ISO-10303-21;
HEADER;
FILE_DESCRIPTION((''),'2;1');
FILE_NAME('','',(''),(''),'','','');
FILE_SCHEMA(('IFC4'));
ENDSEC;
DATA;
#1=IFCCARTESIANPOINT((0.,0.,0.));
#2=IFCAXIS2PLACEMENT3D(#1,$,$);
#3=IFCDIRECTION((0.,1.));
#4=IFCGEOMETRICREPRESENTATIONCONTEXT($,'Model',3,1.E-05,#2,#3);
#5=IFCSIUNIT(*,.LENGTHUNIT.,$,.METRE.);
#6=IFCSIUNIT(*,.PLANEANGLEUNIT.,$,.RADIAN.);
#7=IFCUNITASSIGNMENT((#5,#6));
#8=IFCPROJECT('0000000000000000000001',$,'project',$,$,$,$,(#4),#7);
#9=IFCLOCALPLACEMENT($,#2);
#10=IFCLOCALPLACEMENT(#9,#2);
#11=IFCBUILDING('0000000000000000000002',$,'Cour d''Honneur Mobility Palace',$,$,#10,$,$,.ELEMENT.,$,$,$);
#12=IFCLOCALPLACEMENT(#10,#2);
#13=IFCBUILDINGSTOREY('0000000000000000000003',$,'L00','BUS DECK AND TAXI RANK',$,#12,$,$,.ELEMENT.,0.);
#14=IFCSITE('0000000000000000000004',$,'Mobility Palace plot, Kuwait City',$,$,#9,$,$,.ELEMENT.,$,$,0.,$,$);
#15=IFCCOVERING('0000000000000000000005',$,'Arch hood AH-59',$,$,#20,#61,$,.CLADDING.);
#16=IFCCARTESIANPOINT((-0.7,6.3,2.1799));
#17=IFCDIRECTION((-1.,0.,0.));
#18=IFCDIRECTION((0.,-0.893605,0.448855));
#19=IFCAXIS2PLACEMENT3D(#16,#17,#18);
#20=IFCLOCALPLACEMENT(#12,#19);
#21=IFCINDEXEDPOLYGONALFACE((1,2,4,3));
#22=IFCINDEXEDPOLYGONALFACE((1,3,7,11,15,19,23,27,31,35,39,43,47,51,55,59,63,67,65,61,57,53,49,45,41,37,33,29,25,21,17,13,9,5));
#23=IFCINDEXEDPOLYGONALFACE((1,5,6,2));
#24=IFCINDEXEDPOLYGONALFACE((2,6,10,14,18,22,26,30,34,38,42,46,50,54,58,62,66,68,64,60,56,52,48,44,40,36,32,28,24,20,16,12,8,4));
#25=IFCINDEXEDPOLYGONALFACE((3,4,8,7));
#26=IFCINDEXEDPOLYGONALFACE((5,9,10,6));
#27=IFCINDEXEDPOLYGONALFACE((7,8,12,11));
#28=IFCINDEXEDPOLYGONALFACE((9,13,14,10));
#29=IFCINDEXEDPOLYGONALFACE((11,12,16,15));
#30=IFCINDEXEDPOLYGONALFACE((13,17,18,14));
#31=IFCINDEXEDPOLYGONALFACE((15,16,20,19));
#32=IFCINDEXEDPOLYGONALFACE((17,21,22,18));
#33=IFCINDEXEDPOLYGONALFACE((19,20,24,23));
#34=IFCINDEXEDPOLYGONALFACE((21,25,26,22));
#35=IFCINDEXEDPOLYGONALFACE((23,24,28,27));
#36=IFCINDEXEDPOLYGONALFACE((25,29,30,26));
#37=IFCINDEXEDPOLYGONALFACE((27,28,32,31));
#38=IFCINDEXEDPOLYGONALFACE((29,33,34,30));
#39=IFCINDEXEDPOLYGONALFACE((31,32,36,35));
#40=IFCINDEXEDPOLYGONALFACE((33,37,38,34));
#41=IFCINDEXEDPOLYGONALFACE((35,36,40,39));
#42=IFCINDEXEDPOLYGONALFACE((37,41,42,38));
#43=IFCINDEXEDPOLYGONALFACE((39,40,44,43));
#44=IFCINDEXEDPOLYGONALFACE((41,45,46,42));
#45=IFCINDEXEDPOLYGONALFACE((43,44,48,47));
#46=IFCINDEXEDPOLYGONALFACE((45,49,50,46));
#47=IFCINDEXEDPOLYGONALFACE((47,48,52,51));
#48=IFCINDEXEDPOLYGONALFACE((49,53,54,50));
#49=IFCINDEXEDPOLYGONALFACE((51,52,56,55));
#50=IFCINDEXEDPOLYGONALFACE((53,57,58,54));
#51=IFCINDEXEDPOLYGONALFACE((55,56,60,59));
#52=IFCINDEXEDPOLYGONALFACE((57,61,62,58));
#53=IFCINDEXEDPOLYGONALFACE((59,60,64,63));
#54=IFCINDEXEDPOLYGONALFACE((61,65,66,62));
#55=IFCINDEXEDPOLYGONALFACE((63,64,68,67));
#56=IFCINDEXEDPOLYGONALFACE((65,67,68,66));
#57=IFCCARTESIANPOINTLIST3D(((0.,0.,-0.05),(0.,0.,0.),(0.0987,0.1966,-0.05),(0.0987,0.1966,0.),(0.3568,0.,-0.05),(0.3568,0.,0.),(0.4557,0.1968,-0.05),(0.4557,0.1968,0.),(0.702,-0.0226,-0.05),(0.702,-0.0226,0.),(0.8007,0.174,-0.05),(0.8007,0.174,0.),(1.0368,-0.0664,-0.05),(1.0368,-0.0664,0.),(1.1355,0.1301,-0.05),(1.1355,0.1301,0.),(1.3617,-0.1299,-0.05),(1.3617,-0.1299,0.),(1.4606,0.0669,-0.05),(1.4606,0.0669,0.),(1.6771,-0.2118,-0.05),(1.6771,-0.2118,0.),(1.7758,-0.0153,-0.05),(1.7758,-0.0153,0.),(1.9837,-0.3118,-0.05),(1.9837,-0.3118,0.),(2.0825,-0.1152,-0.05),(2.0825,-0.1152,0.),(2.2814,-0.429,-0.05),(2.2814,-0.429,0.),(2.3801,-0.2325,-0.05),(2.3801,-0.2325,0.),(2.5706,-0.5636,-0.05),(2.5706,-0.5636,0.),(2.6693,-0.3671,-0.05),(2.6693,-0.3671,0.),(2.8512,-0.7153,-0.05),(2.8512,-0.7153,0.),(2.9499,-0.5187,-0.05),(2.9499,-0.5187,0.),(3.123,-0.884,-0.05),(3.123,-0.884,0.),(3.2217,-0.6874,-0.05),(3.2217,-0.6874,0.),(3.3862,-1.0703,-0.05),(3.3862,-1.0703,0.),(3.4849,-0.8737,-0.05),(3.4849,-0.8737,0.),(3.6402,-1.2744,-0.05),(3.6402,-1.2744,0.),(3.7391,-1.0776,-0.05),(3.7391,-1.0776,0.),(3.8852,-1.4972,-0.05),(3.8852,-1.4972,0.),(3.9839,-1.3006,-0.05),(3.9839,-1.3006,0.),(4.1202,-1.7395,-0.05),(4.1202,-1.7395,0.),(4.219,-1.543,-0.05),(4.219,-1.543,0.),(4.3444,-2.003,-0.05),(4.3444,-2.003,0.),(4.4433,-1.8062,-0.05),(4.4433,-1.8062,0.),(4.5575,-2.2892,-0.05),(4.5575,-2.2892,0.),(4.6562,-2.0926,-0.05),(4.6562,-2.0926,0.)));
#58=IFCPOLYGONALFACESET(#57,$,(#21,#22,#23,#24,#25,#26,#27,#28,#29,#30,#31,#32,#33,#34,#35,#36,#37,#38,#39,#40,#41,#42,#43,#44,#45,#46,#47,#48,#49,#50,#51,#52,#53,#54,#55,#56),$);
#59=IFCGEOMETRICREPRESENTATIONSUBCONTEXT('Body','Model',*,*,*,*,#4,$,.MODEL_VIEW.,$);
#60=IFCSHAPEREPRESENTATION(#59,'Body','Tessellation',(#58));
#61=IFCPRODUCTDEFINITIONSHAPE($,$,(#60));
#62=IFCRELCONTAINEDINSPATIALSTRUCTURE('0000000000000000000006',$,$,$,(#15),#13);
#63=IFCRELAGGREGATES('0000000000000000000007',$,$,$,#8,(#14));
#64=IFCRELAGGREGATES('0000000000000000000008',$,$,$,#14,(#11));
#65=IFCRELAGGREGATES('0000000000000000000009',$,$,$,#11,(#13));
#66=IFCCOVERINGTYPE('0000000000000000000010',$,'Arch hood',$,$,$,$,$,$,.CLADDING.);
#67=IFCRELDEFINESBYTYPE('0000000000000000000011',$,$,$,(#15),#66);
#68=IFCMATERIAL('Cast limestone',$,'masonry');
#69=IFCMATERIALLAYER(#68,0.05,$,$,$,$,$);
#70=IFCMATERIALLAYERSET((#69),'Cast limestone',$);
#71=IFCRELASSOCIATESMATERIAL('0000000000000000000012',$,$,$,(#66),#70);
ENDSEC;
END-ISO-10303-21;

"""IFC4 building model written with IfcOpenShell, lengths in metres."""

from ifc_helpers import new_model, si_unit, direction, frame, origin, place, context, subcontext, project, spatial, polyline, outline, extrude, material, layer, layer_set, type_object, element, save


model = new_model("IFC4")

# Units and contexts
model_context = context("Model", 3, precision=1e-05, world=origin(), true_north=direction((0.0, 1.0)))
body_context = subcontext(model_context, "Body", "Model", "MODEL_VIEW")
ifc_project = project(units=[si_unit("LENGTHUNIT", "METRE"), si_unit("PLANEANGLEUNIT", "RADIAN")], contexts=[model_context])

# Site, building, storey
site_placement = place(None, origin())
site = spatial("IfcSite", under=ifc_project, at=site_placement, Name="Mobility Palace plot, Kuwait City", CompositionType="ELEMENT", RefElevation=0.0)
building_placement = place(site_placement, origin())
building = spatial("IfcBuilding", under=site, at=building_placement, Name="Cour d'Honneur Mobility Palace", CompositionType="ELEMENT")
storey_placement = place(building_placement, origin())
storey = spatial("IfcBuildingStorey", under=building, at=storey_placement, Name="L00", Description="BUS DECK AND TAXI RANK", CompositionType="ELEMENT", Elevation=0.0)

# Covering
ifc_material_1 = material(Name="Cast limestone", Category="masonry")
ifc_layer_1 = layer(ifc_material_1, 0.05)
ifc_layer_set_1 = layer_set([ifc_layer_1], Name="Cast limestone")
covering_type_1 = type_object("IfcCoveringType", Name="Arch hood", PredefinedType="CLADDING", material=ifc_layer_set_1)
covering_1_placement = place(storey_placement, frame((-0.7, 6.3, 2.1799), z_axis=(-1.0, 0.0, 0.0), x_axis=(0.0, -0.893605, 0.448855)))
element("IfcCovering", 1, at=covering_1_placement, inside=storey, type_object=covering_type_1, Name="Arch hood AH-59", PredefinedType="CLADDING", context=body_context, shape_type="SweptSolid", body=[
    extrude(outline(polyline([(0.0, 0.0), (0.3568, 0.0), (0.702, -0.0226), (1.0368, -0.0664), (1.3617, -0.1299), (1.6771, -0.2118), (1.9837, -0.3118), (2.2814, -0.429), (2.5706, -0.5636), (2.8512, -0.7153), (3.123, -0.884), (3.3862, -1.0703), (3.6402, -1.2744), (3.8852, -1.4972), (4.1202, -1.7395), (4.3444, -2.003), (4.5575, -2.2892), (4.6562, -2.0926), (4.4433, -1.8062), (4.219, -1.543), (3.9839, -1.3006), (3.7391, -1.0776), (3.4849, -0.8737), (3.2217, -0.6874), (2.9499, -0.5187), (2.6693, -0.3671), (2.3801, -0.2325), (2.0825, -0.1152), (1.7758, -0.0153), (1.4606, 0.0669), (1.1355, 0.1301), (0.8007, 0.174), (0.4557, 0.1968), (0.0987, 0.1966), (0.0, 0.0)])), origin(), (0.0, 0.0, -1.0), 0.05),
])

save(model, "model.ifc")
